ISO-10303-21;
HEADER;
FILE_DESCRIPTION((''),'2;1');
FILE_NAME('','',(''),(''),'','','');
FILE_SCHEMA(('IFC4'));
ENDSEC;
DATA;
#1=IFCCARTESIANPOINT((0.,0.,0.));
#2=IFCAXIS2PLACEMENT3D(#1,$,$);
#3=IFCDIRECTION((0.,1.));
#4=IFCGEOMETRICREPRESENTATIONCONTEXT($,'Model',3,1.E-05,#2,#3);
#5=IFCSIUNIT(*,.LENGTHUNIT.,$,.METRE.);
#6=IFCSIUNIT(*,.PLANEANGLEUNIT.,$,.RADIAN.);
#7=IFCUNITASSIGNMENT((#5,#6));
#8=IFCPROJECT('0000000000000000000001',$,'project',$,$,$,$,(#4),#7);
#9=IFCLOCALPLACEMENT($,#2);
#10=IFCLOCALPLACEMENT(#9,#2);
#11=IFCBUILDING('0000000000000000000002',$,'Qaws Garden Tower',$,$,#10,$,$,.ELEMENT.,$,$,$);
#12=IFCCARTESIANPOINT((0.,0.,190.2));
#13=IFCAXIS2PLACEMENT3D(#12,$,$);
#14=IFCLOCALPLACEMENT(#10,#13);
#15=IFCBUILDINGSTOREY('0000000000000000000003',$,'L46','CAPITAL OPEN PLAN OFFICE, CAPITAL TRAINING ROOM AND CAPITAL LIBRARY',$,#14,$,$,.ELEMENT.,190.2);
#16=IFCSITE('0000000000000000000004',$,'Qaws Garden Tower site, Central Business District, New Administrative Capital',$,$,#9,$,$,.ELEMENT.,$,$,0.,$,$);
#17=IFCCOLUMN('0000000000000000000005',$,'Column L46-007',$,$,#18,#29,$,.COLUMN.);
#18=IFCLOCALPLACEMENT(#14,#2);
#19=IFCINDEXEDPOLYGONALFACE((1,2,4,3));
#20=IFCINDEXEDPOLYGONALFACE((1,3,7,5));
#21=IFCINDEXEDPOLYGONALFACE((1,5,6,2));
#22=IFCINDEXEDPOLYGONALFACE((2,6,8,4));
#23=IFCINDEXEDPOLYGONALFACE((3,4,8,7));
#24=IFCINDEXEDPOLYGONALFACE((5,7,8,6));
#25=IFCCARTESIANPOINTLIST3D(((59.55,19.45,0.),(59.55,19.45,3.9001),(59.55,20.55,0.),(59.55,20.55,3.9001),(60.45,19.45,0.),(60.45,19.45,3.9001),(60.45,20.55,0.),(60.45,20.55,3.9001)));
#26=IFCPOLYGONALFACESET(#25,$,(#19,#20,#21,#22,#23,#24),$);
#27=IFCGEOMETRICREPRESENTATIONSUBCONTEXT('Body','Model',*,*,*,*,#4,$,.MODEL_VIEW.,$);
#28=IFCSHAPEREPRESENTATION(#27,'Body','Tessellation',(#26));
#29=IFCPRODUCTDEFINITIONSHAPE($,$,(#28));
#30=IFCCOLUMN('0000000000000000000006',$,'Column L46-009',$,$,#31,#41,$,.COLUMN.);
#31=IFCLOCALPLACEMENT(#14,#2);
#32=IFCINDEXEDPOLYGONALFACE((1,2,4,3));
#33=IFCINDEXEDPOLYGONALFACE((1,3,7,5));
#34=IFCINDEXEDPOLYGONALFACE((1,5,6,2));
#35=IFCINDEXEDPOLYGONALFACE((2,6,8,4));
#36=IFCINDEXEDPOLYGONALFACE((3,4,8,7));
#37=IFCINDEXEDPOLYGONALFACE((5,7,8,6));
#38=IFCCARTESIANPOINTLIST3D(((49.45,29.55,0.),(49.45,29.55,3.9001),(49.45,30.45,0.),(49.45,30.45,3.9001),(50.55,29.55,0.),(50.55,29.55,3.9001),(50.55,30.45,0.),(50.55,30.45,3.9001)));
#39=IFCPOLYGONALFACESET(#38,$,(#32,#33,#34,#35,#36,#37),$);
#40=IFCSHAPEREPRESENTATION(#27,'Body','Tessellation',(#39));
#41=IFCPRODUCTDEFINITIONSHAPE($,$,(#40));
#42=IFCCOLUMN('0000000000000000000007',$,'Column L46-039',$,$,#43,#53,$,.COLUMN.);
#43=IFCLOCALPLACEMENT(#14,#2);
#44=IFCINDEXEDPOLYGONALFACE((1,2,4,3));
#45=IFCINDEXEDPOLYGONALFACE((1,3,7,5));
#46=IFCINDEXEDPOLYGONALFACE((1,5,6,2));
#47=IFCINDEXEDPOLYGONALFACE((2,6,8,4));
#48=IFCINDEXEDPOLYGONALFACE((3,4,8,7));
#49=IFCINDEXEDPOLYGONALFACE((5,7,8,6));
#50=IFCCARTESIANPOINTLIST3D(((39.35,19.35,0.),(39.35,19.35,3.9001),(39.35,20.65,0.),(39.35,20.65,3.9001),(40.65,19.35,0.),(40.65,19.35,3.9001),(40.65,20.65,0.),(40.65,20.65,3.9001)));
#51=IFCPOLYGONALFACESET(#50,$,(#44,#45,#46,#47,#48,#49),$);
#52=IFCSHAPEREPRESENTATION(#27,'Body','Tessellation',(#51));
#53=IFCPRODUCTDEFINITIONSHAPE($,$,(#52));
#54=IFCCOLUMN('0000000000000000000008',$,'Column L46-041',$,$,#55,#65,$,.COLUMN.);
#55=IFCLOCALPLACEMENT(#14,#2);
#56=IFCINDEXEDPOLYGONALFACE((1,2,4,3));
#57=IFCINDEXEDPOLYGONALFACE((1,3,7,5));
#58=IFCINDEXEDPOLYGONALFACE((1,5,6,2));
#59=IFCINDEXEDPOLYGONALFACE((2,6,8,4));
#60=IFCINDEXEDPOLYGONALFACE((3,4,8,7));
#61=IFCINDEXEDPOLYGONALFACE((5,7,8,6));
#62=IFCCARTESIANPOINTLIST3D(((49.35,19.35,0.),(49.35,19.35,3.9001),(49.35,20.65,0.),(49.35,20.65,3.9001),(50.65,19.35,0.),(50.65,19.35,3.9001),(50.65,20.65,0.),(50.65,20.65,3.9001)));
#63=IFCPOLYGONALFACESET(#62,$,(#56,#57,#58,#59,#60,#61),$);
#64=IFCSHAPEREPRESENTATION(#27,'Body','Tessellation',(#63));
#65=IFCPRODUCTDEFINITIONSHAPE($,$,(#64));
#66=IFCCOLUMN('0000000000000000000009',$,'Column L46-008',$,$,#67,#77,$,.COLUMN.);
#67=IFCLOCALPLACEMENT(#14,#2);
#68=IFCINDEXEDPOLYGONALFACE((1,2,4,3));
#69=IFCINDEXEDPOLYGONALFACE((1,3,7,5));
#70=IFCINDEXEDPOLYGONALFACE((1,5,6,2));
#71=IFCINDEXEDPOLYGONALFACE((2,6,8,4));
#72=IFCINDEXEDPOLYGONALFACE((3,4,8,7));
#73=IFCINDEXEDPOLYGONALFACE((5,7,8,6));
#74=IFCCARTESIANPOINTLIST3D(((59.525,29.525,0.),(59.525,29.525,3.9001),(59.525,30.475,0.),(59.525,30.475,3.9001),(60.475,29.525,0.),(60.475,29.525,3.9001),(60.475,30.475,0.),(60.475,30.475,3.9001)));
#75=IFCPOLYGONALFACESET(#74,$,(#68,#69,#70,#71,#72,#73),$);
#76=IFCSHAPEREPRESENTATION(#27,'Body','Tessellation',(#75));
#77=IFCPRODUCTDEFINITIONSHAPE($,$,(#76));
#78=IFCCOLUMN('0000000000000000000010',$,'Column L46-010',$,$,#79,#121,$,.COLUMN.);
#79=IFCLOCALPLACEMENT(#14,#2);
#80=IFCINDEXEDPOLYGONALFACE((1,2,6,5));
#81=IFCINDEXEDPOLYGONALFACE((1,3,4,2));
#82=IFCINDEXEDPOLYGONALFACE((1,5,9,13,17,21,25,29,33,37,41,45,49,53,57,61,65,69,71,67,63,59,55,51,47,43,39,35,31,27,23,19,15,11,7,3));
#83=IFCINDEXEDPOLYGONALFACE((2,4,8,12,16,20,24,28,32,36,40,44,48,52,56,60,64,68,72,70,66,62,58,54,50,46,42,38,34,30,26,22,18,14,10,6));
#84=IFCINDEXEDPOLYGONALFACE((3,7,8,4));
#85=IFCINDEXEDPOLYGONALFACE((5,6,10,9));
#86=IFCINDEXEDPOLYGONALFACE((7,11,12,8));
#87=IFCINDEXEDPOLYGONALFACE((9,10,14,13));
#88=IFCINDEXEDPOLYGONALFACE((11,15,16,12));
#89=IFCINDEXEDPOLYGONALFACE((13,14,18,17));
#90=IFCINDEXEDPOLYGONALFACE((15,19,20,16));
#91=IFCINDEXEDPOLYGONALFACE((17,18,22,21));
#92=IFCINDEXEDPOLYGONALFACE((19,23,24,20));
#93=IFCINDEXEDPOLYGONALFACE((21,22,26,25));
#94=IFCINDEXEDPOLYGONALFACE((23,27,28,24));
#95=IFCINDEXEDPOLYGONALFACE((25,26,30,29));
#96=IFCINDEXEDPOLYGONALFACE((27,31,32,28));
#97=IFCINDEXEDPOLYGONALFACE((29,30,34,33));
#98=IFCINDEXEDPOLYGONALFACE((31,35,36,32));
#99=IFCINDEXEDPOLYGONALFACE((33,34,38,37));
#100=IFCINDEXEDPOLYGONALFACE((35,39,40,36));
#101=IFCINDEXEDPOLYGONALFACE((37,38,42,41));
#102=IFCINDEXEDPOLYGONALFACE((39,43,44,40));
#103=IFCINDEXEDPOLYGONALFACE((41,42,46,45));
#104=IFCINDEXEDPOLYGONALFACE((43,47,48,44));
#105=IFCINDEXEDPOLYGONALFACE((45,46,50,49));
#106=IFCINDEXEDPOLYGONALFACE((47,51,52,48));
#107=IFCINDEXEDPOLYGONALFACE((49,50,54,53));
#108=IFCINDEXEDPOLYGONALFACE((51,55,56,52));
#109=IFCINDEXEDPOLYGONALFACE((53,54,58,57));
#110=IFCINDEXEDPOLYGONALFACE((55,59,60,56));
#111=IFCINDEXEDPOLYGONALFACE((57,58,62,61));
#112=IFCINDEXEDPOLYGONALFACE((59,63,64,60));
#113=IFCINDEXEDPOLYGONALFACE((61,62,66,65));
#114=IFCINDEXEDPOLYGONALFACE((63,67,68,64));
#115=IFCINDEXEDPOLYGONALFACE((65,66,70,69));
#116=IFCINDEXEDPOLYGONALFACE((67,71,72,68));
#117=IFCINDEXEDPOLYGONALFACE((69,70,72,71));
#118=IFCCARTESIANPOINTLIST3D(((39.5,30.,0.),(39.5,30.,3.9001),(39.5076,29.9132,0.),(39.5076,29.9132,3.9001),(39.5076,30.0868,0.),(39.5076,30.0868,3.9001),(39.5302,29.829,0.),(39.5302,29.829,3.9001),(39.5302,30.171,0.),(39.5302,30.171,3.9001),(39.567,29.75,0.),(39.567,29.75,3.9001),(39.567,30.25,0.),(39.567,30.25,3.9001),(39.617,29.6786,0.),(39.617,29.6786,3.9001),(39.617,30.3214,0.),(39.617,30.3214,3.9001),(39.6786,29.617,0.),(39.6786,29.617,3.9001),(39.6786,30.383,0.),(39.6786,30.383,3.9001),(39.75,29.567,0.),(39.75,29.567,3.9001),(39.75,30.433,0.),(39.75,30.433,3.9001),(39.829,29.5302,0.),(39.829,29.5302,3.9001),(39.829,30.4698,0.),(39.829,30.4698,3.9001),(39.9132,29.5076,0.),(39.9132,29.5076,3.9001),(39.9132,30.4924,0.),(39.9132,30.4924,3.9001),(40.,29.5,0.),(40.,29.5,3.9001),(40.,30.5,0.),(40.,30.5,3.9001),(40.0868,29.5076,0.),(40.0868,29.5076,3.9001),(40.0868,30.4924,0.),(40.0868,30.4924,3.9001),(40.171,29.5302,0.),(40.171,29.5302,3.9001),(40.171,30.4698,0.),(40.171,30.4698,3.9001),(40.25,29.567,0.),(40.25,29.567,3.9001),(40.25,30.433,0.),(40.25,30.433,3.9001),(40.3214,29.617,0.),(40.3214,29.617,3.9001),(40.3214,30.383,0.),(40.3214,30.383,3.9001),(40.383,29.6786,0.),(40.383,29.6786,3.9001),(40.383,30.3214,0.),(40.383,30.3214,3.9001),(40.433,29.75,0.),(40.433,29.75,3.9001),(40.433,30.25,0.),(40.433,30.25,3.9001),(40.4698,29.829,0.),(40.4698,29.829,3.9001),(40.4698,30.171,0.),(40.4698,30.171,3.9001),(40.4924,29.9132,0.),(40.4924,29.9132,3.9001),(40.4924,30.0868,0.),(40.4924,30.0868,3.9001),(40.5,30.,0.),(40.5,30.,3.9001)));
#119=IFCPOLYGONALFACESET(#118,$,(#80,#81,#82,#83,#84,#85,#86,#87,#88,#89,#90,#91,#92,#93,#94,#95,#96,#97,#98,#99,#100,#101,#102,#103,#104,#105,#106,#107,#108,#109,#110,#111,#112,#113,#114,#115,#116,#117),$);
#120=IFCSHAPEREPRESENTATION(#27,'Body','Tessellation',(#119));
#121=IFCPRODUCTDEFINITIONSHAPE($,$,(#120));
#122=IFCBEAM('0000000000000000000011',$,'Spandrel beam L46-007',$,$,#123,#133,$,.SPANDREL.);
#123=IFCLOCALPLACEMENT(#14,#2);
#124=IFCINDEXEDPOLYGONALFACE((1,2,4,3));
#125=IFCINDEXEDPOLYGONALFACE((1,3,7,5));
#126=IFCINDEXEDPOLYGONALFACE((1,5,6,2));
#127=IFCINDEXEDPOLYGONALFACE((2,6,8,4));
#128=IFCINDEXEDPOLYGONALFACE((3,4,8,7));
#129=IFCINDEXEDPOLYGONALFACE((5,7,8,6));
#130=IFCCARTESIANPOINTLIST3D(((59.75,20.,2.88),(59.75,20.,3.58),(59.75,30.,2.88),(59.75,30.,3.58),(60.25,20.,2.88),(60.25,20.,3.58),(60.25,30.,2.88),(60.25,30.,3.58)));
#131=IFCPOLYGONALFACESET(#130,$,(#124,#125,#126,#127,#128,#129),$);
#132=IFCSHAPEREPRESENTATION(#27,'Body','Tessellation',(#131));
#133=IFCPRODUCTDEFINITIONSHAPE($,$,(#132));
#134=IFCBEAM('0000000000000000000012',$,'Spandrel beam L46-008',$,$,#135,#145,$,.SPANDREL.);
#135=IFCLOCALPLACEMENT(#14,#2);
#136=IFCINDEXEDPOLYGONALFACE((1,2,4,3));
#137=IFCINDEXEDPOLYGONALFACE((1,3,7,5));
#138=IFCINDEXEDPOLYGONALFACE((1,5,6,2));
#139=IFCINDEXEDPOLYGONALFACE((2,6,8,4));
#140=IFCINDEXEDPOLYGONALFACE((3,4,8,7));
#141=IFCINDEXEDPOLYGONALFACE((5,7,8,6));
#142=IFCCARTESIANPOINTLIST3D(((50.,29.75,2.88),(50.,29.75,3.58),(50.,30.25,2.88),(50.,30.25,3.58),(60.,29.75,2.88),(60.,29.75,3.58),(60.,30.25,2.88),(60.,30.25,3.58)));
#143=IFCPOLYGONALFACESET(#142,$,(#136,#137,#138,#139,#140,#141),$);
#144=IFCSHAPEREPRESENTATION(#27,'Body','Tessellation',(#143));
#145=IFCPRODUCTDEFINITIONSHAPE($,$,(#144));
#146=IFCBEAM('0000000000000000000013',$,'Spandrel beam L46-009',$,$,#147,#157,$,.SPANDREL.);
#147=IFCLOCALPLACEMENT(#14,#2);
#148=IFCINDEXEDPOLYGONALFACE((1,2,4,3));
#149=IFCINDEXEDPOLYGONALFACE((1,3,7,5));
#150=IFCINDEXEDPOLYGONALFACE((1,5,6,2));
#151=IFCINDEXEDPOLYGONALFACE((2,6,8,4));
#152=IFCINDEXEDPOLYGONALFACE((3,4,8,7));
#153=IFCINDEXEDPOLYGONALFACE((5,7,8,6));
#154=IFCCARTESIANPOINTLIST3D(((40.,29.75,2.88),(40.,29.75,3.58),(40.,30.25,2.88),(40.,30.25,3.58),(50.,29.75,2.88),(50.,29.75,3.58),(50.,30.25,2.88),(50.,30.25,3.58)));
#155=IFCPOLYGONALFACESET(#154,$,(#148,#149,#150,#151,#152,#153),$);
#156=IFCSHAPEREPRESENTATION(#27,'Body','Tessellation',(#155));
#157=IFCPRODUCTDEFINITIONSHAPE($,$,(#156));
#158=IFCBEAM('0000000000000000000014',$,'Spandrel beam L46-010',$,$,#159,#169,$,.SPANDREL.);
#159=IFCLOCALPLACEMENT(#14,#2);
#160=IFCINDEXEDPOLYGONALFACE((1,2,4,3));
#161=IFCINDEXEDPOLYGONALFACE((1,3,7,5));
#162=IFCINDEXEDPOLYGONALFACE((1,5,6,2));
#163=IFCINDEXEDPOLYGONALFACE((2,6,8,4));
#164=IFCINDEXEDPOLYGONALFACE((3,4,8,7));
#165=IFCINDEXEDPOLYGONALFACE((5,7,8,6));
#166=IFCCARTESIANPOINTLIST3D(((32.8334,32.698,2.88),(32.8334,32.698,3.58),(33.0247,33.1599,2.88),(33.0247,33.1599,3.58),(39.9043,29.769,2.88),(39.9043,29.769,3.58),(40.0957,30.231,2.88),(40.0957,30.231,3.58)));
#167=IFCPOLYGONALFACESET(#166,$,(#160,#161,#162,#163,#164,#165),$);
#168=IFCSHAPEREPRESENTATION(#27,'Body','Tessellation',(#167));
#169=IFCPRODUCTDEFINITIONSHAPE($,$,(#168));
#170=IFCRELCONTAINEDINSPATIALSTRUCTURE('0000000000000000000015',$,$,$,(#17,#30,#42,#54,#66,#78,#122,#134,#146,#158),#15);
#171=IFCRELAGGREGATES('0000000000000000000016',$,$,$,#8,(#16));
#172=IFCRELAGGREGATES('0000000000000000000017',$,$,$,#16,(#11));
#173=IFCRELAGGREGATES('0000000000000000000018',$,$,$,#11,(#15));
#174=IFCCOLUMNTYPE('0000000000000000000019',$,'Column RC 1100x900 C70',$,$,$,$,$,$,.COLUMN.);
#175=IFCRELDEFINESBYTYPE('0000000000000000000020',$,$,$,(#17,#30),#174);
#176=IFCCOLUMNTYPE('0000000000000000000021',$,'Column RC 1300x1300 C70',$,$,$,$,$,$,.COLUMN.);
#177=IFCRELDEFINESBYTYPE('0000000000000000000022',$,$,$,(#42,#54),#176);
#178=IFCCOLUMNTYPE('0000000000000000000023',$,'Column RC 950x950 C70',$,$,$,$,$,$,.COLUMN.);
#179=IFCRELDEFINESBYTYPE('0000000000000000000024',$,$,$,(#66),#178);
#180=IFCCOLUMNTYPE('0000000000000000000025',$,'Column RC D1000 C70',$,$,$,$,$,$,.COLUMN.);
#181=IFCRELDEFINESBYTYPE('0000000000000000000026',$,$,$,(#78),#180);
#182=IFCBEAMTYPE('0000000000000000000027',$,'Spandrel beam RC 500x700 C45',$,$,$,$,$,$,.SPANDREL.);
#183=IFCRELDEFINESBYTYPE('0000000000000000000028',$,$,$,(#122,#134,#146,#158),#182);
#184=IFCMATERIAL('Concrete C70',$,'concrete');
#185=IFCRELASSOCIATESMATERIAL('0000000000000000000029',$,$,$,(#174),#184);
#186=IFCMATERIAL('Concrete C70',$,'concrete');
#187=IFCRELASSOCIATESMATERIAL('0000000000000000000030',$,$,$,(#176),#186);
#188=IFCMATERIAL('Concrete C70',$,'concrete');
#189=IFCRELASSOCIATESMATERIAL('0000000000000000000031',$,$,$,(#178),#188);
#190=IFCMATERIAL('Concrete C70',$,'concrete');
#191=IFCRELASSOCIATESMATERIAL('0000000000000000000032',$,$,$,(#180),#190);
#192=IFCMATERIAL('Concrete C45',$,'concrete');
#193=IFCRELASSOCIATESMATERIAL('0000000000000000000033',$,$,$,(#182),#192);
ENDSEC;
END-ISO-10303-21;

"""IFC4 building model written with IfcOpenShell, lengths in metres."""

from ifc_helpers import new_model, si_unit, direction, frame, origin, origin_2d, place, context, subcontext, project, spatial, rectangle, circle, extrude, material, material_profile, profile_set, type_object, element, save


model = new_model("IFC4")

# Units and contexts
model_context = context("Model", 3, precision=1e-05, world=origin(), true_north=direction((0.0, 1.0)))
body_context = subcontext(model_context, "Body", "Model", "MODEL_VIEW")
ifc_project = project(units=[si_unit("LENGTHUNIT", "METRE"), si_unit("PLANEANGLEUNIT", "RADIAN")], contexts=[model_context])

# Site, building, storey
site_placement = place(None, origin())
site = spatial("IfcSite", under=ifc_project, at=site_placement, Name="Qaws Garden Tower site, Central Business District, New Administrative Capital", CompositionType="ELEMENT", RefElevation=0.0)
building_placement = place(site_placement, origin())
building = spatial("IfcBuilding", under=site, at=building_placement, Name="Qaws Garden Tower", CompositionType="ELEMENT")
storey_placement = place(building_placement, frame((0.0, 0.0, 190.2)))
storey = spatial("IfcBuildingStorey", under=building, at=storey_placement, Name="L46", Description="CAPITAL OPEN PLAN OFFICE, CAPITAL TRAINING ROOM AND CAPITAL LIBRARY", CompositionType="ELEMENT", Elevation=190.2)

# Columns
ifc_material_1 = material(Name="Concrete C70", Category="concrete")
ifc_material_profile_1 = material_profile(ifc_material_1, rectangle(XDim=1.1001, YDim=0.8999, at=origin_2d()), Name="RC 1100x900")
ifc_profile_set_1 = profile_set([ifc_material_profile_1], Name="Concrete C70")
column_type_1 = type_object("IfcColumnType", Name="Column RC 1100x900 C70", PredefinedType="COLUMN", material=ifc_profile_set_1)
for number, where, z_axis, x_axis, name in (
    (1, (60.0, 20.0, 0.0), (0.0, 0.0, 1.0), (0.0, 1.0, 0.0), "Column L46-007"),
    (2, (50.0, 30.0, 0.0), (0.0, 0.0, 1.0), (1.0, 0.0, 0.0), "Column L46-009"),
):
    element("IfcColumn", number, at=place(storey_placement, frame(where, z_axis=z_axis, x_axis=x_axis)), inside=storey, type_object=column_type_1, Name=name, PredefinedType="COLUMN", context=body_context, shape_type="SweptSolid", body=[
        extrude(rectangle(XDim=1.1001, YDim=0.8999, at=origin_2d()), origin(), (0.0, 0.0, 1.0), 3.9001),
    ])
ifc_material_2 = material(Name="Concrete C70", Category="concrete")
ifc_material_profile_2 = material_profile(ifc_material_2, rectangle(XDim=1.3, YDim=1.3, at=origin_2d()), Name="RC 1300x1300")
ifc_profile_set_2 = profile_set([ifc_material_profile_2], Name="Concrete C70")
column_type_2 = type_object("IfcColumnType", Name="Column RC 1300x1300 C70", PredefinedType="COLUMN", material=ifc_profile_set_2)
for number, where, z_axis, x_axis, name in (
    (3, (40.0, 20.0, 0.0), (0.0, 0.0, 1.0), (1.0, 0.0, 0.0), "Column L46-039"),
    (4, (50.0, 20.0, 0.0), (0.0, 0.0, 1.0), (1.0, 0.0, 0.0), "Column L46-041"),
):
    element("IfcColumn", number, at=place(storey_placement, frame(where, z_axis=z_axis, x_axis=x_axis)), inside=storey, type_object=column_type_2, Name=name, PredefinedType="COLUMN", context=body_context, shape_type="SweptSolid", body=[
        extrude(rectangle(XDim=1.3, YDim=1.3, at=origin_2d()), origin(), (0.0, 0.0, 1.0), 3.9001),
    ])
ifc_material_3 = material(Name="Concrete C70", Category="concrete")
ifc_material_profile_3 = material_profile(ifc_material_3, rectangle(XDim=0.95, YDim=0.95, at=origin_2d()), Name="RC 950x950")
ifc_profile_set_3 = profile_set([ifc_material_profile_3], Name="Concrete C70")
column_type_3 = type_object("IfcColumnType", Name="Column RC 950x950 C70", PredefinedType="COLUMN", material=ifc_profile_set_3)
column_1_placement = place(storey_placement, frame((60.0, 30.0, 0.0), z_axis=(0.0, 0.0, 1.0), x_axis=(1.0, 0.0, 0.0)))
element("IfcColumn", 5, at=column_1_placement, inside=storey, type_object=column_type_3, Name="Column L46-008", PredefinedType="COLUMN", context=body_context, shape_type="SweptSolid", body=[
    extrude(rectangle(XDim=0.95, YDim=0.95, at=origin_2d()), origin(), (0.0, 0.0, 1.0), 3.9001),
])
ifc_material_4 = material(Name="Concrete C70", Category="concrete")
ifc_material_profile_4 = material_profile(ifc_material_4, circle(Radius=0.5, at=origin_2d()), Name="RC D1000")
ifc_profile_set_4 = profile_set([ifc_material_profile_4], Name="Concrete C70")
column_type_4 = type_object("IfcColumnType", Name="Column RC D1000 C70", PredefinedType="COLUMN", material=ifc_profile_set_4)
column_2_placement = place(storey_placement, frame((40.0, 30.0, 0.0), z_axis=(0.0, 0.0, 1.0), x_axis=(1.0, 0.0, 0.0)))
element("IfcColumn", 6, at=column_2_placement, inside=storey, type_object=column_type_4, Name="Column L46-010", PredefinedType="COLUMN", context=body_context, shape_type="SweptSolid", body=[
    extrude(circle(Radius=0.5, at=origin_2d()), origin(), (0.0, 0.0, 1.0), 3.9001),
])

# Beams
ifc_material_5 = material(Name="Concrete C45", Category="concrete")
ifc_material_profile_5 = material_profile(ifc_material_5, rectangle(XDim=0.5, YDim=0.7, at=origin_2d()), Name="RC 500x700")
ifc_profile_set_5 = profile_set([ifc_material_profile_5], Name="Concrete C45")
beam_type = type_object("IfcBeamType", Name="Spandrel beam RC 500x700 C45", PredefinedType="SPANDREL", material=ifc_profile_set_5)
for number, where, z_axis, x_axis, name in (
    (7, (60.0, 20.0, 3.23), (0.0, 1.0, 0.0), (-1.0, 0.0, 0.0), "Spandrel beam L46-007"),
    (8, (60.0, 30.0, 3.23), (-1.0, 0.0, 0.0), (0.0, -1.0, 0.0), "Spandrel beam L46-008"),
    (9, (50.0, 30.0, 3.23), (-1.0, 0.0, 0.0), (0.0, -1.0, 0.0), "Spandrel beam L46-009"),
):
    element("IfcBeam", number, at=place(storey_placement, frame(where, z_axis=z_axis, x_axis=x_axis)), inside=storey, type_object=beam_type, Name=name, PredefinedType="SPANDREL", context=body_context, shape_type="SweptSolid", body=[
        extrude(rectangle(XDim=0.5, YDim=0.7, at=origin_2d()), origin(), (0.0, 0.0, 1.0), 10.0),
    ])
beam_placement = place(storey_placement, frame((40.0, 30.0, 3.23), z_axis=(-0.923878, 0.382687, 0.0), x_axis=(-0.382687, -0.923878, 0.0)))
element("IfcBeam", 10, at=beam_placement, inside=storey, type_object=beam_type, Name="Spandrel beam L46-010", PredefinedType="SPANDREL", context=body_context, shape_type="SweptSolid", body=[
    extrude(rectangle(XDim=0.5, YDim=0.7, at=origin_2d()), origin(), (0.0, 0.0, 1.0), 7.6536),
])

save(model, "model.ifc")
